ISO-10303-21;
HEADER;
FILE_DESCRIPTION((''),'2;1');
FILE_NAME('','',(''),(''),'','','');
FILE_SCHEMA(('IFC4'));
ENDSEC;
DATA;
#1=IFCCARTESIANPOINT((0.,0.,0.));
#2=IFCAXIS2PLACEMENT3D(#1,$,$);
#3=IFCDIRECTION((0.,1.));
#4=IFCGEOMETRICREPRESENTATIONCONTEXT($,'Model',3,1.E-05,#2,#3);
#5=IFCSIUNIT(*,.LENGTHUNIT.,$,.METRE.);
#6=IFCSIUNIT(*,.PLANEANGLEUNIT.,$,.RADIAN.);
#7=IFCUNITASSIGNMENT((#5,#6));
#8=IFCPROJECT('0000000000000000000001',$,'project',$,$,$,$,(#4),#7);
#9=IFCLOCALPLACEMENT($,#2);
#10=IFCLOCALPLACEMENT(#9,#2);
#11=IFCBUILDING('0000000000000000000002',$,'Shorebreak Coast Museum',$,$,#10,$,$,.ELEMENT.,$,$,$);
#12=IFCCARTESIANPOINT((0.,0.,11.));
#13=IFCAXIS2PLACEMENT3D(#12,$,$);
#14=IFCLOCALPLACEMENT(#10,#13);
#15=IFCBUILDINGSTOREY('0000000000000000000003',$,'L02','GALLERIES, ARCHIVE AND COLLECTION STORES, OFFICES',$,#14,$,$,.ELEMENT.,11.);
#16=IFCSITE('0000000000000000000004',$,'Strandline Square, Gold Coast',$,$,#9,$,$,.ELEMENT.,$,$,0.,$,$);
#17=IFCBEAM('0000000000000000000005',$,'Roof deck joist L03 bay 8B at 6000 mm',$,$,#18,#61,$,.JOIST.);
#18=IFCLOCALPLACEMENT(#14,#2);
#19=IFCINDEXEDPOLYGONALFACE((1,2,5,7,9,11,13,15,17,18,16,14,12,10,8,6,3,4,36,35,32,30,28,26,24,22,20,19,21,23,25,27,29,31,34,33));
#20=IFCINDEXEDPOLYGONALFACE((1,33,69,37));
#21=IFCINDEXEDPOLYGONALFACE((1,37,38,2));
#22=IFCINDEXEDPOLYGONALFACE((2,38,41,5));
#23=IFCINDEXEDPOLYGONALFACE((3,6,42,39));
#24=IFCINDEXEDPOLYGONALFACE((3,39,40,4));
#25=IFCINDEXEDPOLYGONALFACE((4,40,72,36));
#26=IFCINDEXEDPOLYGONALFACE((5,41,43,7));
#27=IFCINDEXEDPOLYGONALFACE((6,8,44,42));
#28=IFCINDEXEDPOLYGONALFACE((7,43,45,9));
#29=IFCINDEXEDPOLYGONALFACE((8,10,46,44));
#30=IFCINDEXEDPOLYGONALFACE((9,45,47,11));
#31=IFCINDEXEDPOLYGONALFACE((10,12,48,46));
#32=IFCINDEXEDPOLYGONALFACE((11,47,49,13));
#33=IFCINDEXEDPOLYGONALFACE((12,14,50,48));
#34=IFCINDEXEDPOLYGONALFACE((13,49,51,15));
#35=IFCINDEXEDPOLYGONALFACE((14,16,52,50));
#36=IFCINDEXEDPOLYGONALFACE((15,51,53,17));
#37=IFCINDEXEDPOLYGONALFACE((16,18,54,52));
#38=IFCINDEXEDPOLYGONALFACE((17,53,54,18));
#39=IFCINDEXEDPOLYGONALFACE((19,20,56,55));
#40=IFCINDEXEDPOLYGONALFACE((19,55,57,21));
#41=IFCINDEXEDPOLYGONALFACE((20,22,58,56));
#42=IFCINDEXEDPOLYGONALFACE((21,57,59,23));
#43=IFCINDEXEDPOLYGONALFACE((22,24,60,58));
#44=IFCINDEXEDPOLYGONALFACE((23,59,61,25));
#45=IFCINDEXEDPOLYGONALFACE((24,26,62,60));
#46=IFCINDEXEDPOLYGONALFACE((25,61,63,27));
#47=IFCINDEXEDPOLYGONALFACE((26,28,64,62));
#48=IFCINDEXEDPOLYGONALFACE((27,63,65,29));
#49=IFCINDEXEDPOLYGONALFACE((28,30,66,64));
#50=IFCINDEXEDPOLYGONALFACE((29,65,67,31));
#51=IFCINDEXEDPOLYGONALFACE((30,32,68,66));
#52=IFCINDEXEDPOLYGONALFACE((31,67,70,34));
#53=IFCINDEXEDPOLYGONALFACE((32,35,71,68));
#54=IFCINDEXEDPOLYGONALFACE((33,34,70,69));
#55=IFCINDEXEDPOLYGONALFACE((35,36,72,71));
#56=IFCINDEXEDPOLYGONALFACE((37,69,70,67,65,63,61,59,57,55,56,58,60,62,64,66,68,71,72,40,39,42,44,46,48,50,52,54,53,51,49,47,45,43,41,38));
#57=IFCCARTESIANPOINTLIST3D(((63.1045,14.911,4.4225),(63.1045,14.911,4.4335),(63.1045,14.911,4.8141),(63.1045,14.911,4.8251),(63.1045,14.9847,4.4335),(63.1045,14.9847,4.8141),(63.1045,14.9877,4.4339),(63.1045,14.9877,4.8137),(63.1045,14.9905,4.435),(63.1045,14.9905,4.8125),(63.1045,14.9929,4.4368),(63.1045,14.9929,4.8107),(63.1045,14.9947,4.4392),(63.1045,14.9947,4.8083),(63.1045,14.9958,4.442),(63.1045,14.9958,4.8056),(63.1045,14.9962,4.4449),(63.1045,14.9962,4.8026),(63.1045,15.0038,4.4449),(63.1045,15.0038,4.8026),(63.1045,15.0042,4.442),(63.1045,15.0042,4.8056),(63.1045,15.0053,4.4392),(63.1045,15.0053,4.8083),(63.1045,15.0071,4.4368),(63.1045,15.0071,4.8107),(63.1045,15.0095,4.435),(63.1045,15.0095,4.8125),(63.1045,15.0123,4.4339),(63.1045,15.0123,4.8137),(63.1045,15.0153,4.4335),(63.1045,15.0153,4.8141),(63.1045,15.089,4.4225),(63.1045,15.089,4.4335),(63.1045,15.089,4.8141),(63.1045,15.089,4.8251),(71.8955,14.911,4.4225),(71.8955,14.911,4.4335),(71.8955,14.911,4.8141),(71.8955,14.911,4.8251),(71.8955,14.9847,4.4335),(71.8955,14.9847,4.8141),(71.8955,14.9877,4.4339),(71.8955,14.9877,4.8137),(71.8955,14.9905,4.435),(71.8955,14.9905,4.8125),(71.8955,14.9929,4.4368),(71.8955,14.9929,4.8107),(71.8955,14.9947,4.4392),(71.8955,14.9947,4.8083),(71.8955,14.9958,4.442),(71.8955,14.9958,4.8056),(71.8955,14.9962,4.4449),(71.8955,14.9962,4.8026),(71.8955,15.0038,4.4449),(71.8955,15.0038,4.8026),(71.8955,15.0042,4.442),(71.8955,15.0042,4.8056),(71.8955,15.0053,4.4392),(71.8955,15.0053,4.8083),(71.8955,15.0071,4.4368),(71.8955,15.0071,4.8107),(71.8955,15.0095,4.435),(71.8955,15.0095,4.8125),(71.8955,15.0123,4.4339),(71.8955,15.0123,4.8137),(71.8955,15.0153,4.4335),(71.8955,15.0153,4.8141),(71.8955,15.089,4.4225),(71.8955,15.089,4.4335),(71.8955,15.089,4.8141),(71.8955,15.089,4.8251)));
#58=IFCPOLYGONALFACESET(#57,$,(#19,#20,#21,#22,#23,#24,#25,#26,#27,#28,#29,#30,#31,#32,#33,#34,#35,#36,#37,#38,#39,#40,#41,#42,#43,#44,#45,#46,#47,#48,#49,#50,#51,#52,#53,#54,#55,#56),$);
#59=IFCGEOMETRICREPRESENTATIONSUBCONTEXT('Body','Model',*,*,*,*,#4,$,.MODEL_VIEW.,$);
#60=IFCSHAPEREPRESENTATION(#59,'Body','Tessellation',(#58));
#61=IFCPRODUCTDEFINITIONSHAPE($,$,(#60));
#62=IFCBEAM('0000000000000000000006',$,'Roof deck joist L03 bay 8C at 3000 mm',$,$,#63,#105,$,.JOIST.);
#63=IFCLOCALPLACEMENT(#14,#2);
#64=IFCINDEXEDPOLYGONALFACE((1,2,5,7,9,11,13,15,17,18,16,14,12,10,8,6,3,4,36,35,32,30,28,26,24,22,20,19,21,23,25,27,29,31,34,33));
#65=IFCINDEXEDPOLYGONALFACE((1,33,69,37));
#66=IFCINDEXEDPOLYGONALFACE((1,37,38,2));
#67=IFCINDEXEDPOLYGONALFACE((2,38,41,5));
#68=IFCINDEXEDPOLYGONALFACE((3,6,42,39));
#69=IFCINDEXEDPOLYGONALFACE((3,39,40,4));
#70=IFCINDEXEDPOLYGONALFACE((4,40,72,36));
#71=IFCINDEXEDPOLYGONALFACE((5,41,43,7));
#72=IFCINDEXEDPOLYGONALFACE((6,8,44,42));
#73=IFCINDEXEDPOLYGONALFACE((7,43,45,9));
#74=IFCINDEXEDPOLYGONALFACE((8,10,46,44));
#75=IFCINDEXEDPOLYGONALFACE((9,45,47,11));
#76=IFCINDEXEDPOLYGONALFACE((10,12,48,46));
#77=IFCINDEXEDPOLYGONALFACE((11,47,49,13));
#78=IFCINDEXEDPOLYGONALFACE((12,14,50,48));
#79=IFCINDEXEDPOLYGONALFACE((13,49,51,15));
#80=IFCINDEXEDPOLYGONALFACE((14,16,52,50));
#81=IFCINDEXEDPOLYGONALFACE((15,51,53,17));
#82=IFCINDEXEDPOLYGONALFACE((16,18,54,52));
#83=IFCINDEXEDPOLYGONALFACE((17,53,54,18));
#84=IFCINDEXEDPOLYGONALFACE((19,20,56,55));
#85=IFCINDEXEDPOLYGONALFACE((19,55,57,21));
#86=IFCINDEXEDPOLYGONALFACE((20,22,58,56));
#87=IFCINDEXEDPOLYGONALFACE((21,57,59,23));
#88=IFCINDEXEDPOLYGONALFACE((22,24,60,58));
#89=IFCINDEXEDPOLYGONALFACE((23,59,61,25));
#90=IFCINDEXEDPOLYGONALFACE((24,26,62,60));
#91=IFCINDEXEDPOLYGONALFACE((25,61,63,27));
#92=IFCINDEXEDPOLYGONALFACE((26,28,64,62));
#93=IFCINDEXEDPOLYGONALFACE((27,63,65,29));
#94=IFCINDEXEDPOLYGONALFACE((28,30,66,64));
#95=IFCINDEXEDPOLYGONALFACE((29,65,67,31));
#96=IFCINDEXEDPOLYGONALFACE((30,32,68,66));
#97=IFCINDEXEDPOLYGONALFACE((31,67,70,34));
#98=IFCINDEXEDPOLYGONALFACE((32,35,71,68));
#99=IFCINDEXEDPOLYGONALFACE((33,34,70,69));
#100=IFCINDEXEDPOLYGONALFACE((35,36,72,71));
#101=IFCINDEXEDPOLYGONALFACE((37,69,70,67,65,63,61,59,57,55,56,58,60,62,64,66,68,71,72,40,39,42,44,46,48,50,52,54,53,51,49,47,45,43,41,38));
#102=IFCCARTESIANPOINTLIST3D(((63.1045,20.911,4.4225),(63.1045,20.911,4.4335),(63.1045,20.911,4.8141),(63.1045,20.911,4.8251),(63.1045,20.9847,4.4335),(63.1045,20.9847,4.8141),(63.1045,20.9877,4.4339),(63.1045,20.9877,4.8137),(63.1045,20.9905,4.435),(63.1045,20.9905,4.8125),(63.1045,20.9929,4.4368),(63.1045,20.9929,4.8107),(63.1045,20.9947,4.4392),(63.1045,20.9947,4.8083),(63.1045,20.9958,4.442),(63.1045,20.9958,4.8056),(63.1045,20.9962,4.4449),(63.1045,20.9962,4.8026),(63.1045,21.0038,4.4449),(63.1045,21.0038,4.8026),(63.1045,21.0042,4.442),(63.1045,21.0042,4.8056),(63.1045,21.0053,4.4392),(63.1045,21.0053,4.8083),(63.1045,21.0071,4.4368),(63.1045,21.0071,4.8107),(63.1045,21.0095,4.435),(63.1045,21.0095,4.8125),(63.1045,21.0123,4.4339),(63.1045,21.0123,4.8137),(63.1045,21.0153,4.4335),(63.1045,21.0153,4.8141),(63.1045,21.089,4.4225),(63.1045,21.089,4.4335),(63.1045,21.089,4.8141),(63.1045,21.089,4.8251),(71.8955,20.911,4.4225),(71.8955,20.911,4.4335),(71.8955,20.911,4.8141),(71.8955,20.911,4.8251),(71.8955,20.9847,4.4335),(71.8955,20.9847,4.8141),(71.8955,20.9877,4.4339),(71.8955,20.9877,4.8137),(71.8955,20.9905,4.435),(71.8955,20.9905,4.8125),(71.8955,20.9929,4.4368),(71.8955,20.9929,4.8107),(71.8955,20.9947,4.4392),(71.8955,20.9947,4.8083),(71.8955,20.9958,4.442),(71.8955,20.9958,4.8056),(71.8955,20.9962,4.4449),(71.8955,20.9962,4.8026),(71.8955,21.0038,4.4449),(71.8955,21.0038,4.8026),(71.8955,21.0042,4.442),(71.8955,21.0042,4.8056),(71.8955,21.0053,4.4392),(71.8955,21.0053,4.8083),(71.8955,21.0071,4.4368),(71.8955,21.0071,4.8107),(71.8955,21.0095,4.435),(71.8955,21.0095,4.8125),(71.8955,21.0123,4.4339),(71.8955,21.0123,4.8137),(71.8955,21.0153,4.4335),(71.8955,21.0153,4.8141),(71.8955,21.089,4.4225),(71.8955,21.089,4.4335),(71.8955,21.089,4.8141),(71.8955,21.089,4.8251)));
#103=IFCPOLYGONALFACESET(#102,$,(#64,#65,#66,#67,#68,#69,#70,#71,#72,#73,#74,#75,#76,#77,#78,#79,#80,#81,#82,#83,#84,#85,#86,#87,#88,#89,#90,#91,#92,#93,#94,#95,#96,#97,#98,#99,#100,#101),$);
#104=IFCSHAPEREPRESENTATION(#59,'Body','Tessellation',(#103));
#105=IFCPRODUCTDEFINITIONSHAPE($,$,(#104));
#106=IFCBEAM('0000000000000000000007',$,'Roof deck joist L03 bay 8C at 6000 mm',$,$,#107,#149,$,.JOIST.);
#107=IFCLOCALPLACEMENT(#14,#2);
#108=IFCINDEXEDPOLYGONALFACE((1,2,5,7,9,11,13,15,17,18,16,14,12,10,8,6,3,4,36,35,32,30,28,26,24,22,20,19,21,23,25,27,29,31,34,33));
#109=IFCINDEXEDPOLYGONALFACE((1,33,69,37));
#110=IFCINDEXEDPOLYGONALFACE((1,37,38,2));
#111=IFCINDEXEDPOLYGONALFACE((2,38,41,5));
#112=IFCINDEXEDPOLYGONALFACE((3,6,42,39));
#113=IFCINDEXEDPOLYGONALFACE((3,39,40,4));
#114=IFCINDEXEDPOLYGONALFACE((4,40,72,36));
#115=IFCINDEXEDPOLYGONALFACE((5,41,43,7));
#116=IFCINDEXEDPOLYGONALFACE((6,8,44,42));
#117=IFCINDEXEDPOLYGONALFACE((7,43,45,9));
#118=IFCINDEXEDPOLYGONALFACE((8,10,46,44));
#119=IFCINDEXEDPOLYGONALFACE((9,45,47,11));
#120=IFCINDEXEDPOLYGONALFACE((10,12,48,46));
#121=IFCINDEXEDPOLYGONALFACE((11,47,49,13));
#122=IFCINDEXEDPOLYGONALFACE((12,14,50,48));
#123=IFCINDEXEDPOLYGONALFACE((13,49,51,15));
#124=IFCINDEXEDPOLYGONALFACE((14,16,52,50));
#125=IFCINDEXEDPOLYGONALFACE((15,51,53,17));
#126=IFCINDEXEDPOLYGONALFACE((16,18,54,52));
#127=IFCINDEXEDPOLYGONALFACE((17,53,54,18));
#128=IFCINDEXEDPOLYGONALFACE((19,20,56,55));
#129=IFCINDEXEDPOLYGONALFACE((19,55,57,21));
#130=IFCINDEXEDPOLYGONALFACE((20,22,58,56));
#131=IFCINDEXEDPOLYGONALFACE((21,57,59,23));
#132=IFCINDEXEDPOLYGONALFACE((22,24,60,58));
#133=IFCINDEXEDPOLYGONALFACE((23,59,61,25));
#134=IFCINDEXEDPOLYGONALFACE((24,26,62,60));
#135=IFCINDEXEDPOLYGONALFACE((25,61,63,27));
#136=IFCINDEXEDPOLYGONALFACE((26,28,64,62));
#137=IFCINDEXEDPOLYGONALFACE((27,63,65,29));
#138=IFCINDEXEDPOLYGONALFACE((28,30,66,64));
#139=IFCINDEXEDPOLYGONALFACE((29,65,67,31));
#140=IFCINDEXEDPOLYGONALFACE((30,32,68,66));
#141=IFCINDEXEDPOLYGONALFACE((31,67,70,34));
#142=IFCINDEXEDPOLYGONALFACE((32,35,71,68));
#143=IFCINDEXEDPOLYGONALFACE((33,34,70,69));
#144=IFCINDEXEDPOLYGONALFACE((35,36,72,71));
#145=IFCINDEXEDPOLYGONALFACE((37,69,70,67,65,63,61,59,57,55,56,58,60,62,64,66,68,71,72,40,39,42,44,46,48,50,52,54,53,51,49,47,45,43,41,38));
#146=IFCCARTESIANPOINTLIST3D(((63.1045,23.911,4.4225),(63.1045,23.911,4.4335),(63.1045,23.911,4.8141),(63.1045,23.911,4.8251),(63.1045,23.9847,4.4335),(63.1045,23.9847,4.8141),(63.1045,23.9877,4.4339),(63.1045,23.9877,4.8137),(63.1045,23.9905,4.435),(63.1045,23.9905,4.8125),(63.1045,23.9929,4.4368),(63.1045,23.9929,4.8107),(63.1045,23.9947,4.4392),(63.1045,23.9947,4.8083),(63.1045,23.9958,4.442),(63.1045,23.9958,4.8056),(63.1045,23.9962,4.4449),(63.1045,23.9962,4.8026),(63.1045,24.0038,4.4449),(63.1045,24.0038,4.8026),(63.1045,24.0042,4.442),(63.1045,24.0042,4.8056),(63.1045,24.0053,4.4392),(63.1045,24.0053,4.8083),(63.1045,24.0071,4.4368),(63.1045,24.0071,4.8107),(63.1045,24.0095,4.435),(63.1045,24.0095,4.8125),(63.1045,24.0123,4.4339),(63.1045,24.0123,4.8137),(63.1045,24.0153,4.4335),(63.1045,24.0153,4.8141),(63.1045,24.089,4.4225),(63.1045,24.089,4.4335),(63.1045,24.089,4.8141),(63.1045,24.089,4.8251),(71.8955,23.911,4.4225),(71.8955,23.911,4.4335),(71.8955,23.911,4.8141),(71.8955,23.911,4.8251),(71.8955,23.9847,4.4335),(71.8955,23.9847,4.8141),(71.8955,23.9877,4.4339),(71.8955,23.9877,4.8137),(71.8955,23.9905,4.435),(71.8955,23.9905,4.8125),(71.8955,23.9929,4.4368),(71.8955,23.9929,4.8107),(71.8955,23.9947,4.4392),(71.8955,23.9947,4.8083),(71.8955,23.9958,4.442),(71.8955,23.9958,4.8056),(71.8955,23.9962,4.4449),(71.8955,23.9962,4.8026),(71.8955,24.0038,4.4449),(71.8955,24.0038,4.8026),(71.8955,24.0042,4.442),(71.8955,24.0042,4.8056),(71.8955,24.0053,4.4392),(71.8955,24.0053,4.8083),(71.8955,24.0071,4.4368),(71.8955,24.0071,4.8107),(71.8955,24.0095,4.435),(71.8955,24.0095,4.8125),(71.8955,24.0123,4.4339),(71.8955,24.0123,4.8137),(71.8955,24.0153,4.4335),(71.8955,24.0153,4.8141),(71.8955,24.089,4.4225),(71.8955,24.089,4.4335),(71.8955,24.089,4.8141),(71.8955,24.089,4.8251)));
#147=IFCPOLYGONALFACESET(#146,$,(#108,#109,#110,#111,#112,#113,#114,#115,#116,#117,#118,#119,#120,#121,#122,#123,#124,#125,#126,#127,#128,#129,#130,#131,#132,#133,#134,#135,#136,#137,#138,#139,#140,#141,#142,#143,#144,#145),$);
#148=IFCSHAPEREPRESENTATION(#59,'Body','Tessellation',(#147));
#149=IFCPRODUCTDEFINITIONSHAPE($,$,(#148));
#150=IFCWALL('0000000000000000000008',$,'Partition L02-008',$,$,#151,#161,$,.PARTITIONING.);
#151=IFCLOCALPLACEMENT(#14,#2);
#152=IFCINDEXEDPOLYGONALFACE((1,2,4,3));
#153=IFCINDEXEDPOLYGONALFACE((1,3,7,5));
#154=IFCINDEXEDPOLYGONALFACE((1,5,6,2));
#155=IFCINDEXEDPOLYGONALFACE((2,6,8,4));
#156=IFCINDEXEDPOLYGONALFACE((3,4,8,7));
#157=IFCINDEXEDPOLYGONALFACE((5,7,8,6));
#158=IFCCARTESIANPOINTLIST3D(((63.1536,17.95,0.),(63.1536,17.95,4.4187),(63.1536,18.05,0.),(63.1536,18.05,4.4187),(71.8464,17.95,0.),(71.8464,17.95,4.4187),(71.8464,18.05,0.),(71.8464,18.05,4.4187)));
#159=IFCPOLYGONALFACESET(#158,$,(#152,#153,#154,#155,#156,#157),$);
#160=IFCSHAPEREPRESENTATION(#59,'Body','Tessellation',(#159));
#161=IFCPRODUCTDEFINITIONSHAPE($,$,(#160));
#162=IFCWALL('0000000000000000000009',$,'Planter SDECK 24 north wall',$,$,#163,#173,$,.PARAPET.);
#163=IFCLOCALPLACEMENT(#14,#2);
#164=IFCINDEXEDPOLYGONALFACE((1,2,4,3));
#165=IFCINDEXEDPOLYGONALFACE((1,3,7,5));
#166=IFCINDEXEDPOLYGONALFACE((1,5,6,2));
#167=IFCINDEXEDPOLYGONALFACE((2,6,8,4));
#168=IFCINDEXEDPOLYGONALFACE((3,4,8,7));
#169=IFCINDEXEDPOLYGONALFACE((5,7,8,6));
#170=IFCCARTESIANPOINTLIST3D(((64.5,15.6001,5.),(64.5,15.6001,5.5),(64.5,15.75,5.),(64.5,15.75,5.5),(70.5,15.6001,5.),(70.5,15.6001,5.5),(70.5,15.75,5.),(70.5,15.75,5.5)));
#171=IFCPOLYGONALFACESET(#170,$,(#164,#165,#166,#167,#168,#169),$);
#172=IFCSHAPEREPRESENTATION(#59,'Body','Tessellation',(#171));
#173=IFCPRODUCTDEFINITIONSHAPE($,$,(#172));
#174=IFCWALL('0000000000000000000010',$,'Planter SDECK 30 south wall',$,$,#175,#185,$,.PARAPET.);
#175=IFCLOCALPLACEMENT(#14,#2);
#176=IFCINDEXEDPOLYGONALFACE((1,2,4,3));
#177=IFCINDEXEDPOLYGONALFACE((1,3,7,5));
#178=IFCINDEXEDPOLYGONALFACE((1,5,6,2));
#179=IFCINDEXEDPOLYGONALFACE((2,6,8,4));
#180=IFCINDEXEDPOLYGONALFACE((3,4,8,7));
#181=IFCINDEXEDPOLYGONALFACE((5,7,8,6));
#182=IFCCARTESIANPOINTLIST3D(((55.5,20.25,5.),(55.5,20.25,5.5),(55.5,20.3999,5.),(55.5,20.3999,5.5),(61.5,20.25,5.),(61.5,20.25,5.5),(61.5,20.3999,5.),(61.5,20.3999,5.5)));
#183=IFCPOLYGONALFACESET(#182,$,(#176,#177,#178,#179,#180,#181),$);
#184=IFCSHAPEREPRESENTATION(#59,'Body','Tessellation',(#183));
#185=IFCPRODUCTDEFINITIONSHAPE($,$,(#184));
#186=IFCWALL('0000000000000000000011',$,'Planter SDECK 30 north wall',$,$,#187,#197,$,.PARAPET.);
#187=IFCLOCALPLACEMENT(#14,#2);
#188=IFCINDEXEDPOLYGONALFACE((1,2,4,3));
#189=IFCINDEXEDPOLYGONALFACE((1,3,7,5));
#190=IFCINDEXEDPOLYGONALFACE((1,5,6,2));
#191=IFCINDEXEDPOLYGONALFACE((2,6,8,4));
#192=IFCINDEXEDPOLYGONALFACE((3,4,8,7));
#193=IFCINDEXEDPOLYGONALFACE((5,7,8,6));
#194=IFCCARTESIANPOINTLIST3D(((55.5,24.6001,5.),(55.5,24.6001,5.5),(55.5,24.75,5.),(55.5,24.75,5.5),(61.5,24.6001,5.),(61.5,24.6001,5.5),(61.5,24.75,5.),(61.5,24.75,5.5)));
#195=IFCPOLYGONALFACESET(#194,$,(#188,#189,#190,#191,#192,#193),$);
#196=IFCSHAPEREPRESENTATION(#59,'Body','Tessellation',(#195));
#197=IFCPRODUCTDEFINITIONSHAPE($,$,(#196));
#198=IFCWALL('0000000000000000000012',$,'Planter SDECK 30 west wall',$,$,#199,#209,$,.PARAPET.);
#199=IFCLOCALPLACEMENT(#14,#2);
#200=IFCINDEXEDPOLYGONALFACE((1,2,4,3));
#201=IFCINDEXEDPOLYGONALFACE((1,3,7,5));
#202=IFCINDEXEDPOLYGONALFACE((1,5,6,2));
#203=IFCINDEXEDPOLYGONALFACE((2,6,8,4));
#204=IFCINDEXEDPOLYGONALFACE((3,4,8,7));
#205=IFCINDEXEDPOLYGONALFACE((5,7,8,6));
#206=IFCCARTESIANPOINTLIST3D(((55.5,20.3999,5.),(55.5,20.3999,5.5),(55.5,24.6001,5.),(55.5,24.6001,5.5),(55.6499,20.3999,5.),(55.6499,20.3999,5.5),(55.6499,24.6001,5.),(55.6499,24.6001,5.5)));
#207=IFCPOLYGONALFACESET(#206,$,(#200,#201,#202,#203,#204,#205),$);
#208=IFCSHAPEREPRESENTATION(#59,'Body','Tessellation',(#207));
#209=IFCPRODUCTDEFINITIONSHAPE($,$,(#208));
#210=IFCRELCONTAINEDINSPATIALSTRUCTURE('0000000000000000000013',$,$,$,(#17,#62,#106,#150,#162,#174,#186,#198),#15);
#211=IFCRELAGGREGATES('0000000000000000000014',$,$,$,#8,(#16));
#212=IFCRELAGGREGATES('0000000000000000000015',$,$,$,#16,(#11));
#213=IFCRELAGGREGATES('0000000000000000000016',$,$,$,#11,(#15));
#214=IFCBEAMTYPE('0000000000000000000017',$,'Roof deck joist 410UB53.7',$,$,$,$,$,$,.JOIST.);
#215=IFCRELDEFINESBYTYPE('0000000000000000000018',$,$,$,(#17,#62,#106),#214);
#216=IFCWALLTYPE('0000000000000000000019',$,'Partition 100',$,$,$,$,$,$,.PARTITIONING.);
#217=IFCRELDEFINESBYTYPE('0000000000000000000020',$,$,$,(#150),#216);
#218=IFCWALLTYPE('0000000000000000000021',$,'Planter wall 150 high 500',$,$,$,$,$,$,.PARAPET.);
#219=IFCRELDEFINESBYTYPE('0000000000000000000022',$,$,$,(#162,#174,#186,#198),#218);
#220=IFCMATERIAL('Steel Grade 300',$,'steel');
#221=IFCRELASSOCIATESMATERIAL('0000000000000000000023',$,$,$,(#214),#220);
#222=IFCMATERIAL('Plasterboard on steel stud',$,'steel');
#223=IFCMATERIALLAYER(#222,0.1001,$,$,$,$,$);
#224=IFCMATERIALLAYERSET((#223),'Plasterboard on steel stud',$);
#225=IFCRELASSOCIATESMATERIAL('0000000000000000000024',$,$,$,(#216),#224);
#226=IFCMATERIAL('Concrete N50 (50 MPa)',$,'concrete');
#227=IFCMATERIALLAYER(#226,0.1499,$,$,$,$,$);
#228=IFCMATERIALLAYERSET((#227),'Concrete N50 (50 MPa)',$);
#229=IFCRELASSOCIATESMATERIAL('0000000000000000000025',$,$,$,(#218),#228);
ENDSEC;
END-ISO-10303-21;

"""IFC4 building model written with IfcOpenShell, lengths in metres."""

from ifc_helpers import new_model, si_unit, direction, frame, frame_2d, origin, origin_2d, place, context, subcontext, project, spatial, rectangle, i_section, extrude, material, layer, layer_set, material_profile, profile_set, type_object, element, save


model = new_model("IFC4")

# Units and contexts
model_context = context("Model", 3, precision=1e-05, world=origin(), true_north=direction((0.0, 1.0)))
body_context = subcontext(model_context, "Body", "Model", "MODEL_VIEW")
ifc_project = project(units=[si_unit("LENGTHUNIT", "METRE"), si_unit("PLANEANGLEUNIT", "RADIAN")], contexts=[model_context])

# Site, building, storey
site_placement = place(None, origin())
site = spatial("IfcSite", under=ifc_project, at=site_placement, Name="Strandline Square, Gold Coast", CompositionType="ELEMENT", RefElevation=0.0)
building_placement = place(site_placement, origin())
building = spatial("IfcBuilding", under=site, at=building_placement, Name="Shorebreak Coast Museum", CompositionType="ELEMENT")
storey_placement = place(building_placement, frame((0.0, 0.0, 11.0)))
storey = spatial("IfcBuildingStorey", under=building, at=storey_placement, Name="L02", Description="GALLERIES, ARCHIVE AND COLLECTION STORES, OFFICES", CompositionType="ELEMENT", Elevation=11.0)

# Beams
ifc_material_1 = material(Name="Steel Grade 300", Category="steel")
ifc_material_profile_1 = material_profile(ifc_material_1, i_section(OverallWidth=0.178, OverallDepth=0.4026, WebThickness=0.0076, FlangeThickness=0.011, FilletRadius=0.0115, at=origin_2d()), Name="410UB53.7")
ifc_profile_set_1 = profile_set([ifc_material_profile_1], Name="Steel Grade 300")
beam_type_1 = type_object("IfcBeamType", Name="Roof deck joist 410UB53.7", PredefinedType="JOIST", material=ifc_profile_set_1)
for number, where, z_axis, x_axis, name in (
    (1, (63.1045, 15.0, 4.6238), (1.0, 0.0, 0.0), (0.0, 1.0, 0.0), "Roof deck joist L03 bay 8B at 6000 mm"),
    (2, (63.1045, 21.0, 4.6238), (1.0, 0.0, 0.0), (0.0, 1.0, 0.0), "Roof deck joist L03 bay 8C at 3000 mm"),
    (3, (63.1045, 24.0, 4.6238), (1.0, 0.0, 0.0), (0.0, 1.0, 0.0), "Roof deck joist L03 bay 8C at 6000 mm"),
):
    element("IfcBeam", number, at=place(storey_placement, frame(where, z_axis=z_axis, x_axis=x_axis)), inside=storey, type_object=beam_type_1, Name=name, PredefinedType="JOIST", context=body_context, shape_type="SweptSolid", body=[
        extrude(i_section(OverallWidth=0.178, OverallDepth=0.4026, WebThickness=0.0076, FlangeThickness=0.011, FilletRadius=0.0115, at=origin_2d()), origin(), (0.0, 0.0, 1.0), 8.791),
    ])

# Walls
ifc_material_2 = material(Name="Plasterboard on steel stud", Category="steel")
ifc_layer_1 = layer(ifc_material_2, 0.1001)
ifc_layer_set_1 = layer_set([ifc_layer_1], Name="Plasterboard on steel stud")
wall_type_1 = type_object("IfcWallType", Name="Partition 100", PredefinedType="PARTITIONING", material=ifc_layer_set_1)
wall_placement = place(storey_placement, frame((63.1536, 18.0, 0.0), z_axis=(0.0, 0.0, 1.0), x_axis=(1.0, 0.0, 0.0)))
element("IfcWall", 4, at=wall_placement, inside=storey, type_object=wall_type_1, Name="Partition L02-008", PredefinedType="PARTITIONING", context=body_context, shape_type="SweptSolid", body=[
    extrude(rectangle(XDim=8.6929, YDim=0.1001, at=frame_2d((4.3464, 0.0))), origin(), (0.0, 0.0, 1.0), 4.4187),
])
ifc_material_3 = material(Name="Concrete N50 (50 MPa)", Category="concrete")
ifc_layer_2 = layer(ifc_material_3, 0.1499)
ifc_layer_set_2 = layer_set([ifc_layer_2], Name="Concrete N50 (50 MPa)")
wall_type_2 = type_object("IfcWallType", Name="Planter wall 150 high 500", PredefinedType="PARAPET", material=ifc_layer_set_2)
for number, where, z_axis, x_axis, name in (
    (5, (64.5, 15.675, 5.0), (0.0, 0.0, 1.0), (1.0, 0.0, 0.0), "Planter SDECK 24 north wall"),
    (6, (55.5, 20.325, 5.0), (0.0, 0.0, 1.0), (1.0, 0.0, 0.0), "Planter SDECK 30 south wall"),
    (7, (55.5, 24.675, 5.0), (0.0, 0.0, 1.0), (1.0, 0.0, 0.0), "Planter SDECK 30 north wall"),
):
    element("IfcWall", number, at=place(storey_placement, frame(where, z_axis=z_axis, x_axis=x_axis)), inside=storey, type_object=wall_type_2, Name=name, PredefinedType="PARAPET", context=body_context, shape_type="SweptSolid", body=[
        extrude(rectangle(XDim=6.0, YDim=0.1499, at=frame_2d((3.0, 0.0))), origin(), (0.0, 0.0, 1.0), 0.5),
    ])
for number, where, z_axis, x_axis, name in (
    (8, (55.575, 20.3999, 5.0), (0.0, 0.0, 1.0), (0.0, 1.0, 0.0), "Planter SDECK 30 west wall"),
):
    element("IfcWall", number, at=place(storey_placement, frame(where, z_axis=z_axis, x_axis=x_axis)), inside=storey, type_object=wall_type_2, Name=name, PredefinedType="PARAPET", context=body_context, shape_type="SweptSolid", body=[
        extrude(rectangle(XDim=4.2002, YDim=0.1499, at=frame_2d((2.1001, 0.0))), origin(), (0.0, 0.0, 1.0), 0.5),
    ])

save(model, "model.ifc")
